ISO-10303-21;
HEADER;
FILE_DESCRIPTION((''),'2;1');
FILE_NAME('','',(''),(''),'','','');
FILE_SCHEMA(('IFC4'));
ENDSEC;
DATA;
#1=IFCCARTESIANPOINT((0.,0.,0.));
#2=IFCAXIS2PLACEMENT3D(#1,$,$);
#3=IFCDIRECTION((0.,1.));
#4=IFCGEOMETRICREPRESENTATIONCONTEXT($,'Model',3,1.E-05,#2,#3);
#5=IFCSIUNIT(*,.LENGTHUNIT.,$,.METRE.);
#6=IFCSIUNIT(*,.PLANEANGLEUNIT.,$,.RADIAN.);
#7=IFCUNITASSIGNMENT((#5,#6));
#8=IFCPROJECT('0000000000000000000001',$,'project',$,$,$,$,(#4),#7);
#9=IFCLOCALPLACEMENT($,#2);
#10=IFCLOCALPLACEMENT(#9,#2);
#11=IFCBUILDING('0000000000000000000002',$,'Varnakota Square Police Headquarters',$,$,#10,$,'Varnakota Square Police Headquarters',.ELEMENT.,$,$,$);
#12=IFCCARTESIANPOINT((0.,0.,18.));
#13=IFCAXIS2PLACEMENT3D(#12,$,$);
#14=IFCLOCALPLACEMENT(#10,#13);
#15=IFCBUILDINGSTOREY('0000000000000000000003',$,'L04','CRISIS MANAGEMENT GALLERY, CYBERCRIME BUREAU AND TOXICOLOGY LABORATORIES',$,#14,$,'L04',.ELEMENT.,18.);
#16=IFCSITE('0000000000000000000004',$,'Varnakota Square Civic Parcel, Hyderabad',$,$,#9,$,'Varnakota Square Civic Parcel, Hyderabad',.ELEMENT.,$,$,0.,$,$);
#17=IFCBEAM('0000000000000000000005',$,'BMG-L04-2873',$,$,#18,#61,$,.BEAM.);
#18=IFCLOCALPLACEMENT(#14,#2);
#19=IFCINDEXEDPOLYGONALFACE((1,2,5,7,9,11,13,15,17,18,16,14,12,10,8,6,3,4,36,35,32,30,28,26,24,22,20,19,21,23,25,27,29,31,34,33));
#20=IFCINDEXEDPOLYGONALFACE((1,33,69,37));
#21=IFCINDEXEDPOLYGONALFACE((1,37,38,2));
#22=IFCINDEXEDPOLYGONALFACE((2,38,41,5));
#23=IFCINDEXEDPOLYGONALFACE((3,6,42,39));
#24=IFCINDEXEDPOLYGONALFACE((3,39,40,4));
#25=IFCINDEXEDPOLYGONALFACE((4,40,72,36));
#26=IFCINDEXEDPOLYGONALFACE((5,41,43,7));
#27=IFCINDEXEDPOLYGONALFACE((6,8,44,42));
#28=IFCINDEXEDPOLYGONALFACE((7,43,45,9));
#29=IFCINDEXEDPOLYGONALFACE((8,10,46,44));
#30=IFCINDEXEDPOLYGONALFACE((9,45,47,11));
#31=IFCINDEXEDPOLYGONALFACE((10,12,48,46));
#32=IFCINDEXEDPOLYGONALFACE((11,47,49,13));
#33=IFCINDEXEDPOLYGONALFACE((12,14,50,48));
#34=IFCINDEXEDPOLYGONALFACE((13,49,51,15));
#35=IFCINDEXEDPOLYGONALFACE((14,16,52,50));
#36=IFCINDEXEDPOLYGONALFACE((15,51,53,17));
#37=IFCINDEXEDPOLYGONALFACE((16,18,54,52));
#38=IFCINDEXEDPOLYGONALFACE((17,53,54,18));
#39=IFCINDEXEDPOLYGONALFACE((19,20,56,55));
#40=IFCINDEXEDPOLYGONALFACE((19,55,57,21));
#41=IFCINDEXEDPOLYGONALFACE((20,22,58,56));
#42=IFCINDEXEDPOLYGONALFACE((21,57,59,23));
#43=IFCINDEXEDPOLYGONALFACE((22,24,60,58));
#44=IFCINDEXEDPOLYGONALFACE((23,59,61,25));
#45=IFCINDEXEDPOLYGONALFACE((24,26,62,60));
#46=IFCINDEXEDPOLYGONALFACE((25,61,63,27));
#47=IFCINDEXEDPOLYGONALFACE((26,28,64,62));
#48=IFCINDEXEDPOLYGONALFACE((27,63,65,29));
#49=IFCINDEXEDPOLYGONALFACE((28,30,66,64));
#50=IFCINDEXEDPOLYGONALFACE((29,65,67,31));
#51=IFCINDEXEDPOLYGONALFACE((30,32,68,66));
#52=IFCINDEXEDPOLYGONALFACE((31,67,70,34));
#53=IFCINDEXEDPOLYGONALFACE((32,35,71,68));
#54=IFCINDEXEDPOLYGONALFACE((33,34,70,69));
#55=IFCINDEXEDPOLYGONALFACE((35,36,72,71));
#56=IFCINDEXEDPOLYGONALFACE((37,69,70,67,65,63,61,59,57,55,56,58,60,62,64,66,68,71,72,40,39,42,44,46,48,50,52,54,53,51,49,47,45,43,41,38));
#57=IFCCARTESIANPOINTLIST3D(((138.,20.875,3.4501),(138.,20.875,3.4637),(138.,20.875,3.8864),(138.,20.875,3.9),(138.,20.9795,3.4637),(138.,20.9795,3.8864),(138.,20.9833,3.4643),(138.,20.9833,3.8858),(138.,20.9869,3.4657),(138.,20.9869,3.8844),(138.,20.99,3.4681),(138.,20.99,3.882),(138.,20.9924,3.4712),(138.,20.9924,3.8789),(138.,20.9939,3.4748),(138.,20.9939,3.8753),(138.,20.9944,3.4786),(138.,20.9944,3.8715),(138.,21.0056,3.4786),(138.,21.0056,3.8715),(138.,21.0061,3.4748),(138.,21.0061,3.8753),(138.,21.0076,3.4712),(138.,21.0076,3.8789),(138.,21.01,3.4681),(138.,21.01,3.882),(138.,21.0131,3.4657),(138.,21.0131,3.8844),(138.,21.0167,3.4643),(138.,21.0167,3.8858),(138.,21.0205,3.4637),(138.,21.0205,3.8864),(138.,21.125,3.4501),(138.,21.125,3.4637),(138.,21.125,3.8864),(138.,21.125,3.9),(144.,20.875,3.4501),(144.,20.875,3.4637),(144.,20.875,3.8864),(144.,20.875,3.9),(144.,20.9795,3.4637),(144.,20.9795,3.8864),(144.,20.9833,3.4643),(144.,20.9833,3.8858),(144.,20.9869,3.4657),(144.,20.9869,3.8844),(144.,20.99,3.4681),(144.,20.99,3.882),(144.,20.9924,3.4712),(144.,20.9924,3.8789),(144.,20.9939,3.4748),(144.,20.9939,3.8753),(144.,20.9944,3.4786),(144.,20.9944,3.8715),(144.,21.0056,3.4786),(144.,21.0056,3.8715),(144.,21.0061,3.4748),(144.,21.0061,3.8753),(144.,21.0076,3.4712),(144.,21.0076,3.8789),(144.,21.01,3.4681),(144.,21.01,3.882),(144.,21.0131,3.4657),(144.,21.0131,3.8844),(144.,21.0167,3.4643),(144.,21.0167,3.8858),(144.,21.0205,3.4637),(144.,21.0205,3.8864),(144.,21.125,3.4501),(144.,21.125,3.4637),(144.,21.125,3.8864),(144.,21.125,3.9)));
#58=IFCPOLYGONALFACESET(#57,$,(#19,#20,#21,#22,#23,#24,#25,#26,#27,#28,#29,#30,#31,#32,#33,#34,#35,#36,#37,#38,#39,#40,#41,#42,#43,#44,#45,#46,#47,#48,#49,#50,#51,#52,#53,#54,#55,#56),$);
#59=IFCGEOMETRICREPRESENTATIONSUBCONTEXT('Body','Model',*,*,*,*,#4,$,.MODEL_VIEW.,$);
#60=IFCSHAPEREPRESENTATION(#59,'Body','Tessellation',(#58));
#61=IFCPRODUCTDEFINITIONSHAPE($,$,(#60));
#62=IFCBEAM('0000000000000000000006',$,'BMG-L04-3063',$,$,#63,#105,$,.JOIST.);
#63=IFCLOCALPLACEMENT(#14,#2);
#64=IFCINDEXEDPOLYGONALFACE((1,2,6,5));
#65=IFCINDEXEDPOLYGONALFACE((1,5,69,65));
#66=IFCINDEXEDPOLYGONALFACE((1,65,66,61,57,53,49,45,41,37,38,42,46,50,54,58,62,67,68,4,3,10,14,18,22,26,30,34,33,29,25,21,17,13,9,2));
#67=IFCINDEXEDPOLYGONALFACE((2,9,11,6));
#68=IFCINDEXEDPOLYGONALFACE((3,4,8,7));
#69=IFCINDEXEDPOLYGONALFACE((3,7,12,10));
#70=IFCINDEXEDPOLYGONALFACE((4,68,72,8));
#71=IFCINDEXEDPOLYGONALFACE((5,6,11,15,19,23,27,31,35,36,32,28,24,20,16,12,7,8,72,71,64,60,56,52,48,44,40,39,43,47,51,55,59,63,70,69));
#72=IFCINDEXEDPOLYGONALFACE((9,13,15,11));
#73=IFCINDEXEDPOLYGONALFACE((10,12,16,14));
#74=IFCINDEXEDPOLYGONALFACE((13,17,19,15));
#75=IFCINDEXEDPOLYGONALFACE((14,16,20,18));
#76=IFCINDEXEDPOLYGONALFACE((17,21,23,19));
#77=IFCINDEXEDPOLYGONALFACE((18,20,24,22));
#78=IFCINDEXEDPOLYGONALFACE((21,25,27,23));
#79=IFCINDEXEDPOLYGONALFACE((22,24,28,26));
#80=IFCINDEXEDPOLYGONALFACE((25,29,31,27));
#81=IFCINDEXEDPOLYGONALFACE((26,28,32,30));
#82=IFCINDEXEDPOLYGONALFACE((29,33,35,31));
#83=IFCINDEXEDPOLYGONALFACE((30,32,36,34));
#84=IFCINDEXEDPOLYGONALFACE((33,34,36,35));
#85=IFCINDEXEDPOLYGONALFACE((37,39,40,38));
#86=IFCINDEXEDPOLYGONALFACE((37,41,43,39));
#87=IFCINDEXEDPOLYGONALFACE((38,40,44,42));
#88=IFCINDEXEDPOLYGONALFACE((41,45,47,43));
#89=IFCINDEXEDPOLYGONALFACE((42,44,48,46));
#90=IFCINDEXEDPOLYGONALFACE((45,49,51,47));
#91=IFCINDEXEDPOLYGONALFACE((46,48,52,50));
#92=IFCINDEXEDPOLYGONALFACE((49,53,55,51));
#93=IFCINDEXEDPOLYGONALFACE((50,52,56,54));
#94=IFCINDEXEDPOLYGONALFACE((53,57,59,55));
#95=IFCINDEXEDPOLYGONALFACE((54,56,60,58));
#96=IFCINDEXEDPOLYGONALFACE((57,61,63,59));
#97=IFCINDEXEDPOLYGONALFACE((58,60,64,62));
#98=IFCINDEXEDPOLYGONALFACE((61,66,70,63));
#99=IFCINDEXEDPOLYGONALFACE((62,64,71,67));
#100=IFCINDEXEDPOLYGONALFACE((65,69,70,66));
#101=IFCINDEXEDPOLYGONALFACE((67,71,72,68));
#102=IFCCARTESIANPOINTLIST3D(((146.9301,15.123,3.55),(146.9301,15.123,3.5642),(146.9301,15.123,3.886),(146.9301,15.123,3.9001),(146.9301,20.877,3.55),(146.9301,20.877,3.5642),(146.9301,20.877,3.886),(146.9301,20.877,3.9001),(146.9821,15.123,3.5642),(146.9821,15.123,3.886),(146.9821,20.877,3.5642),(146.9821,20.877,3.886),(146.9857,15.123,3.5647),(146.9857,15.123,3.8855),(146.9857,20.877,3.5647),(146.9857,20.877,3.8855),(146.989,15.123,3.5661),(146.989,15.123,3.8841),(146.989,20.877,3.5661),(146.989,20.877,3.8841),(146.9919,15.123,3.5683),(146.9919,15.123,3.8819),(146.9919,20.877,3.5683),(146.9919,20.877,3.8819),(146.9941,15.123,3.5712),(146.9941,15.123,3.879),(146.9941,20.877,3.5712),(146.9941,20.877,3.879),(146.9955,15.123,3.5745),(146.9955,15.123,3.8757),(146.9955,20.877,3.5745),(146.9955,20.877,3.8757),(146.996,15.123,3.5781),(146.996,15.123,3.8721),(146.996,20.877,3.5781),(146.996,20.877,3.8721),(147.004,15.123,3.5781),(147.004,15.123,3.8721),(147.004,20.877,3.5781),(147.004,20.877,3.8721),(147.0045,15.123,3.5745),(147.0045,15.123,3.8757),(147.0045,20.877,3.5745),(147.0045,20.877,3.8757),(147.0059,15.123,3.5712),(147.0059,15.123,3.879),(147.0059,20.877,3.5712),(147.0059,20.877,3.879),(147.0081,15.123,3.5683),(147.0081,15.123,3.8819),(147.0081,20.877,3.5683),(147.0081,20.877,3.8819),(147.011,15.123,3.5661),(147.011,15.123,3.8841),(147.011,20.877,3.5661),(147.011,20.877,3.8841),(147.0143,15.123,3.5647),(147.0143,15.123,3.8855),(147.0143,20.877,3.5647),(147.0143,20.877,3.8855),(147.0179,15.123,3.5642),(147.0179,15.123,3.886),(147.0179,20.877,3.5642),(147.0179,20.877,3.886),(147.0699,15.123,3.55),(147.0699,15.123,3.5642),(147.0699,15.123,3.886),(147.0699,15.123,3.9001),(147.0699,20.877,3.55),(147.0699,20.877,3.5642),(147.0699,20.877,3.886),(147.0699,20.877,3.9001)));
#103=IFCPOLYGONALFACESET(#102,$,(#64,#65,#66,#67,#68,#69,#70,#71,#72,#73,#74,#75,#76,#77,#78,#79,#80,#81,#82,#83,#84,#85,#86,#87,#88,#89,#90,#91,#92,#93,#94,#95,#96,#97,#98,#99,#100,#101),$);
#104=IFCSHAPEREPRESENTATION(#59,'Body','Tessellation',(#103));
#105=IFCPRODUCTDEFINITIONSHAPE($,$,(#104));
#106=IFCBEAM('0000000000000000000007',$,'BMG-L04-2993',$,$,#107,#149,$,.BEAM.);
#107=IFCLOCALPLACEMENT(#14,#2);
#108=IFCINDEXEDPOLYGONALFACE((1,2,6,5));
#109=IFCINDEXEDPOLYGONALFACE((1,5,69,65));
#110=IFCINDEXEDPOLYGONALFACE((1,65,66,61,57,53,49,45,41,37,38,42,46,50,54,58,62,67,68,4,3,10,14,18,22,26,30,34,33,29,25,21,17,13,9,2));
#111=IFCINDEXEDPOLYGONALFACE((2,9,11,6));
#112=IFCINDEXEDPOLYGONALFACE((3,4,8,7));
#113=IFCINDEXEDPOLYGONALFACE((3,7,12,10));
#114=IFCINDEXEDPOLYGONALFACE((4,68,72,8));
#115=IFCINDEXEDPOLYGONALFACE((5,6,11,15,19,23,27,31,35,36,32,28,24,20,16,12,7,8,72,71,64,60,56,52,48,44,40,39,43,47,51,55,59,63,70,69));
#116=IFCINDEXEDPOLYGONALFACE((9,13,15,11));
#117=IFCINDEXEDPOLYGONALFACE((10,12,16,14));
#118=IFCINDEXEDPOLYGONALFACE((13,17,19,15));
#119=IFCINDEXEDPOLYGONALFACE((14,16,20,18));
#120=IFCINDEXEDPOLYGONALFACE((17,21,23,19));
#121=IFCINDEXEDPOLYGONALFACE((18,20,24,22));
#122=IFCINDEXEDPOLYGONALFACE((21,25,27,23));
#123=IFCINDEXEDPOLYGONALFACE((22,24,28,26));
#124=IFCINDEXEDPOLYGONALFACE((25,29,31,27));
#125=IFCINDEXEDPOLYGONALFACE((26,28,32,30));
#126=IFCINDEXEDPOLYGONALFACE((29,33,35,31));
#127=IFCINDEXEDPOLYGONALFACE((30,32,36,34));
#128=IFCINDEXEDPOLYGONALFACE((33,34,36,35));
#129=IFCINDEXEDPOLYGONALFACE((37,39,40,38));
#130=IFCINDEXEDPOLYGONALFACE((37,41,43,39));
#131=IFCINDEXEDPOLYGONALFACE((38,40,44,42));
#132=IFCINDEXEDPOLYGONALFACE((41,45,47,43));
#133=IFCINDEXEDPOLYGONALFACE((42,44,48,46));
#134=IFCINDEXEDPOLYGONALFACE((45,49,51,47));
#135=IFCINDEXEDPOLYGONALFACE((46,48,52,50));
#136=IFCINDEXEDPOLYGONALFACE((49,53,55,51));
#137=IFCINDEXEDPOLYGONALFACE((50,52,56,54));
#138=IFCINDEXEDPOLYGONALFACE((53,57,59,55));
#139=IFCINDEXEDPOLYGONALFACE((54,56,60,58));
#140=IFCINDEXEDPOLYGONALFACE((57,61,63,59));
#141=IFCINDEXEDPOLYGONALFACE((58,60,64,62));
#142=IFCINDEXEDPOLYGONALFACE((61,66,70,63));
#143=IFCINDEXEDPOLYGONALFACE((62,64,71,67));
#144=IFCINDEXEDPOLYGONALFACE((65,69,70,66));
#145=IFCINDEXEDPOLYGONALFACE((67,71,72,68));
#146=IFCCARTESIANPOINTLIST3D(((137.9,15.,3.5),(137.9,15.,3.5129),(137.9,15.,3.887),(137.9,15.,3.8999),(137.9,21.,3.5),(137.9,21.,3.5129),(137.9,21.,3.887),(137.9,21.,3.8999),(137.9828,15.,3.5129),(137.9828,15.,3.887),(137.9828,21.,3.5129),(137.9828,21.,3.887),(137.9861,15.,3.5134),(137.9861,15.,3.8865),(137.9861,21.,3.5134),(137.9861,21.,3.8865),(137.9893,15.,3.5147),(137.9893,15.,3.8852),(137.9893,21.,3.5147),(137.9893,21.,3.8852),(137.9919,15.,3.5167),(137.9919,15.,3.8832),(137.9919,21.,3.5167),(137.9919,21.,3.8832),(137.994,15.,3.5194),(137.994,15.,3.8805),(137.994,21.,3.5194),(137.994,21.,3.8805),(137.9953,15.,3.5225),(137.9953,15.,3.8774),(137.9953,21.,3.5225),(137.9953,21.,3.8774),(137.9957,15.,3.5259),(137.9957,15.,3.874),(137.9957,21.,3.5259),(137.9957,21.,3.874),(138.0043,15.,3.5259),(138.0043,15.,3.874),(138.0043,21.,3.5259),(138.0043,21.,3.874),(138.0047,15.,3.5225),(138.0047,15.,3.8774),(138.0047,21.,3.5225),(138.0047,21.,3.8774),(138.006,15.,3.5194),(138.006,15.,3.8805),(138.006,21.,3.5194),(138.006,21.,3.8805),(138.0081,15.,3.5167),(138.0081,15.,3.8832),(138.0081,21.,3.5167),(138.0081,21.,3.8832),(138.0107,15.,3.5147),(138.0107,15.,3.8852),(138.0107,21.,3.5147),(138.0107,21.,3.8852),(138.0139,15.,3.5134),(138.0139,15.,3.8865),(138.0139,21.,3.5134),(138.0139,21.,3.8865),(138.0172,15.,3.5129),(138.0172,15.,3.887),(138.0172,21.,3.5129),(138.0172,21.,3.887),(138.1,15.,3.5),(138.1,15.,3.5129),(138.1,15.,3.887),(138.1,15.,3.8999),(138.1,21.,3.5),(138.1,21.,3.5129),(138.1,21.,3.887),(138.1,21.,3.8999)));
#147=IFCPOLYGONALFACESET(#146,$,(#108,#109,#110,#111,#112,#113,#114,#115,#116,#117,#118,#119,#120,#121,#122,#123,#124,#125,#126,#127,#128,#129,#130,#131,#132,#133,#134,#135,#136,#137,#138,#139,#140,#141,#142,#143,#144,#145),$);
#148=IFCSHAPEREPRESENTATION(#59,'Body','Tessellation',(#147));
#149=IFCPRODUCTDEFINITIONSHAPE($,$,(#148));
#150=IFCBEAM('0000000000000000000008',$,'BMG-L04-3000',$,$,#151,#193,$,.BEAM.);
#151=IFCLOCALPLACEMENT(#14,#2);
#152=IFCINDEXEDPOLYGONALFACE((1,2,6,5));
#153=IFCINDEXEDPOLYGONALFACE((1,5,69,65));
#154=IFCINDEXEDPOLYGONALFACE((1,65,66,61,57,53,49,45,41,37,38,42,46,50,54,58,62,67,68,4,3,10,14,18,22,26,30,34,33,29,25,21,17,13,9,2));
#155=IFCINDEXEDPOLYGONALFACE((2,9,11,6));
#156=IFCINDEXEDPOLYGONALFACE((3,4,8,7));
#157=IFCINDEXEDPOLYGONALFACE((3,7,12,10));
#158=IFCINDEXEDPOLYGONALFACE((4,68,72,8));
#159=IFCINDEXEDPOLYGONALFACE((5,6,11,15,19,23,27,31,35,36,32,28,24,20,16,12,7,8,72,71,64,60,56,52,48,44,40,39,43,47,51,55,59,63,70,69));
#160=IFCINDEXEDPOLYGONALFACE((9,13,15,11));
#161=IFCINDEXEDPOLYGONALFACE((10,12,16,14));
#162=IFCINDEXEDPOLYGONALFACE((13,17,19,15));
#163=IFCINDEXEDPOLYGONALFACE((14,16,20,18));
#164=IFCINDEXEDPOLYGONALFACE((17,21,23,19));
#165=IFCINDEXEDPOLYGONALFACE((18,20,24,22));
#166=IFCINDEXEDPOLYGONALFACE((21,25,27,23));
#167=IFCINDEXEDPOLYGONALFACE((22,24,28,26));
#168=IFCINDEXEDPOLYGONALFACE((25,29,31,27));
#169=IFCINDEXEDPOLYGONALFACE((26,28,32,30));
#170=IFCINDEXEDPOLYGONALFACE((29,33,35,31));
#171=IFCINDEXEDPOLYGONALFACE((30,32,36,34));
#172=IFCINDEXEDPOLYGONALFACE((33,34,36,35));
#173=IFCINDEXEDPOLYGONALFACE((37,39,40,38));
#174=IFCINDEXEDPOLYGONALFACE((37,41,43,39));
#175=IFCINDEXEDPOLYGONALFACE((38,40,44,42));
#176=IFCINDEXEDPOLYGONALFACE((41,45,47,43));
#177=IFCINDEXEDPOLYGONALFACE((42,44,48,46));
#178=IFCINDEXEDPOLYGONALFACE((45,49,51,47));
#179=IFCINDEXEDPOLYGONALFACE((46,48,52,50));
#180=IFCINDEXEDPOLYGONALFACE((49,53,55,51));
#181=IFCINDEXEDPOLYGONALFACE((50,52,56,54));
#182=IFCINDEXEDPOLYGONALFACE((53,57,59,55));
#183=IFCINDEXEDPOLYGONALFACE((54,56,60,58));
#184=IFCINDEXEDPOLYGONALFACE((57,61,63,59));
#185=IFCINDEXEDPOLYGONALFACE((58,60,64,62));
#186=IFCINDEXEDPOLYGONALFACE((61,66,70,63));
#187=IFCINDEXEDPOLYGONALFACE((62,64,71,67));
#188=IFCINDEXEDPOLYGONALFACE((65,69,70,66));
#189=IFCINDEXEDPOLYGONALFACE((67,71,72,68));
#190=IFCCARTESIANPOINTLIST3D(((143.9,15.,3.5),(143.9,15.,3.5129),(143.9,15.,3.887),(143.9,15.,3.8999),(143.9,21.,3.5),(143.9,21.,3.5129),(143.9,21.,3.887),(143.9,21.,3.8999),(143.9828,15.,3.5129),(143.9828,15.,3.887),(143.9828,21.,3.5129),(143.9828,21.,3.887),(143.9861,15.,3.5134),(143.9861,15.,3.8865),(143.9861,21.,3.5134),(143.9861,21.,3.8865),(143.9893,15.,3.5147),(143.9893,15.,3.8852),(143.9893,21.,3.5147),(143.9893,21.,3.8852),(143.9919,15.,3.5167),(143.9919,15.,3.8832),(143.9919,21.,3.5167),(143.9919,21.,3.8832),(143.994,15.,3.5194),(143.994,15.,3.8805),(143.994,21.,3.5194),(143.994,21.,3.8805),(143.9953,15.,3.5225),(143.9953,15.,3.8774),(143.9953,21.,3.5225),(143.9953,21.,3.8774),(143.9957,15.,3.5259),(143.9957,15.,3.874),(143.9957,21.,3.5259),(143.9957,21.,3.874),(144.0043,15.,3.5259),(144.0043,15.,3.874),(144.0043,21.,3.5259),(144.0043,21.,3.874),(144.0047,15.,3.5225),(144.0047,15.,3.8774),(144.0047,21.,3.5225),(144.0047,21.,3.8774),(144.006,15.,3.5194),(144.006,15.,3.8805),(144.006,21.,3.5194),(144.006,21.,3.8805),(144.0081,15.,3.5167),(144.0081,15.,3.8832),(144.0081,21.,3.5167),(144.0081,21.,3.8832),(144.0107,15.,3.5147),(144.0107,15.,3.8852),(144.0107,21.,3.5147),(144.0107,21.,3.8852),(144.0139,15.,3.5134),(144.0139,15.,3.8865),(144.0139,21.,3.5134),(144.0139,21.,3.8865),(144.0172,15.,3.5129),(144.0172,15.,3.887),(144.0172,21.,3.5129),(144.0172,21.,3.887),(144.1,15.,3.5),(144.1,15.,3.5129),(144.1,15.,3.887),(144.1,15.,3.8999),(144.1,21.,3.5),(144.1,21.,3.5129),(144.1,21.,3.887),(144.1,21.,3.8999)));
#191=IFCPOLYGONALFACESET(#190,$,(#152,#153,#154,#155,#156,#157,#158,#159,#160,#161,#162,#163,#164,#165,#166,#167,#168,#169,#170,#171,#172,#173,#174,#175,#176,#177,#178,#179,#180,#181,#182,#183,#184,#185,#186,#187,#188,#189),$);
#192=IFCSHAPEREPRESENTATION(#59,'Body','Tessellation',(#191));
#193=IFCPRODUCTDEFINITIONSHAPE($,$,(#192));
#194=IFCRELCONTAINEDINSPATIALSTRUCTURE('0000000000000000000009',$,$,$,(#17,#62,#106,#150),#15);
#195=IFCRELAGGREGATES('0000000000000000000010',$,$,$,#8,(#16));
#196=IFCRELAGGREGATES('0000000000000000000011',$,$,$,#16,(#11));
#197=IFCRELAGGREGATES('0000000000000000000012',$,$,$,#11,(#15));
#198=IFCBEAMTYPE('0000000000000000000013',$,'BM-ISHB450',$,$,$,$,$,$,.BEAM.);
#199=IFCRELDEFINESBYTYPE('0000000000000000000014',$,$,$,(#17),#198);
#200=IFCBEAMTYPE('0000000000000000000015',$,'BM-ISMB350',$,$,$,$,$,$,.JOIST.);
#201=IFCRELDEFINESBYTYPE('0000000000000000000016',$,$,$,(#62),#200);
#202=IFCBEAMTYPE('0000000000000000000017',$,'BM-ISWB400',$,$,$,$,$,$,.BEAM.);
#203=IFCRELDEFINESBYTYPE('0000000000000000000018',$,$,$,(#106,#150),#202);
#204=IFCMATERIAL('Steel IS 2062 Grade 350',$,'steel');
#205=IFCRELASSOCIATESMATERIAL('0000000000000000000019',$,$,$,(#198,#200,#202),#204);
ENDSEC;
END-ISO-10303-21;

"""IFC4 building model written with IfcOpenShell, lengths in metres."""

from ifc_helpers import new_model, si_unit, direction, frame, origin, origin_2d, place, context, subcontext, project, spatial, i_section, extrude, material, material_profile, profile_set, type_object, element, save


model = new_model("IFC4")

# Units and contexts
model_context = context("Model", 3, precision=1e-05, world=origin(), true_north=direction((0.0, 1.0)))
body_context = subcontext(model_context, "Body", "Model", "MODEL_VIEW")
ifc_project = project(units=[si_unit("LENGTHUNIT", "METRE"), si_unit("PLANEANGLEUNIT", "RADIAN")], contexts=[model_context])

# Site, building, storey
site_placement = place(None, origin())
site = spatial("IfcSite", under=ifc_project, at=site_placement, Name="Varnakota Square Civic Parcel, Hyderabad", LongName="Varnakota Square Civic Parcel, Hyderabad", CompositionType="ELEMENT", RefElevation=0.0)
building_placement = place(site_placement, origin())
building = spatial("IfcBuilding", under=site, at=building_placement, Name="Varnakota Square Police Headquarters", LongName="Varnakota Square Police Headquarters", CompositionType="ELEMENT")
storey_placement = place(building_placement, frame((0.0, 0.0, 18.0)))
storey = spatial("IfcBuildingStorey", under=building, at=storey_placement, Name="L04", Description="CRISIS MANAGEMENT GALLERY, CYBERCRIME BUREAU AND TOXICOLOGY LABORATORIES", LongName="L04", CompositionType="ELEMENT", Elevation=18.0)

# Shared definitions
ifc_material_1 = material(Name="Steel IS 2062 Grade 350", Category="steel")

# Beams
ifc_material_profile_1 = material_profile(ifc_material_1, i_section(OverallWidth=0.25, OverallDepth=0.45, WebThickness=0.0112, FlangeThickness=0.0137, FilletRadius=0.0149, at=origin_2d()), Name="ISHB 450")
ifc_profile_set_1 = profile_set([ifc_material_profile_1], Name="Steel IS 2062 Grade 350")
beam_type_1 = type_object("IfcBeamType", Name="BM-ISHB450", PredefinedType="BEAM", material=ifc_profile_set_1)
for number, where, z_axis, x_axis, name in (
    (1, (138.0, 21.0, 3.675), (1.0, 0.0, 0.0), (0.0, 1.0, 0.0), "BMG-L04-2873"),
):
    element("IfcBeam", number, at=place(storey_placement, frame(where, z_axis=z_axis, x_axis=x_axis)), inside=storey, type_object=beam_type_1, Name=name, PredefinedType="BEAM", context=body_context, shape_type="SweptSolid", body=[
        extrude(i_section(OverallWidth=0.25, OverallDepth=0.45, WebThickness=0.0112, FlangeThickness=0.0137, FilletRadius=0.0149, at=origin_2d()), origin(), (0.0, 0.0, 1.0), 6.0),
    ])
ifc_material_profile_2 = material_profile(ifc_material_1, i_section(OverallWidth=0.1399, OverallDepth=0.3501, WebThickness=0.0081, FlangeThickness=0.0142, FilletRadius=0.0139, at=origin_2d()), Name="ISMB 350")
ifc_profile_set_2 = profile_set([ifc_material_profile_2], Name="Steel IS 2062 Grade 350")
beam_type_2 = type_object("IfcBeamType", Name="BM-ISMB350", PredefinedType="JOIST", material=ifc_profile_set_2)
beam_1_placement = place(storey_placement, frame((147.0, 15.123, 3.7251), z_axis=(0.0, 1.0, 0.0), x_axis=(-1.0, 0.0, 0.0)))
element("IfcBeam", 2, at=beam_1_placement, inside=storey, type_object=beam_type_2, Name="BMG-L04-3063", PredefinedType="JOIST", context=body_context, shape_type="SweptSolid", body=[
    extrude(i_section(OverallWidth=0.1399, OverallDepth=0.3501, WebThickness=0.0081, FlangeThickness=0.0142, FilletRadius=0.0139, at=origin_2d()), origin(), (0.0, 0.0, 1.0), 5.7539),
])
ifc_material_profile_3 = material_profile(ifc_material_1, i_section(OverallWidth=0.2, OverallDepth=0.3999, WebThickness=0.0085, FlangeThickness=0.0129, FilletRadius=0.0129, at=origin_2d()), Name="ISWB 400")
ifc_profile_set_3 = profile_set([ifc_material_profile_3], Name="Steel IS 2062 Grade 350")
beam_type_3 = type_object("IfcBeamType", Name="BM-ISWB400", PredefinedType="BEAM", material=ifc_profile_set_3)
for number, where, z_axis, x_axis, name in (
    (3, (138.0, 15.0, 3.7), (0.0, 1.0, 0.0), (-1.0, 0.0, 0.0), "BMG-L04-2993"),
    (4, (144.0, 15.0, 3.7), (0.0, 1.0, 0.0), (-1.0, 0.0, 0.0), "BMG-L04-3000"),
):
    element("IfcBeam", number, at=place(storey_placement, frame(where, z_axis=z_axis, x_axis=x_axis)), inside=storey, type_object=beam_type_3, Name=name, PredefinedType="BEAM", context=body_context, shape_type="SweptSolid", body=[
        extrude(i_section(OverallWidth=0.2, OverallDepth=0.3999, WebThickness=0.0085, FlangeThickness=0.0129, FilletRadius=0.0129, at=origin_2d()), origin(), (0.0, 0.0, 1.0), 6.0),
    ])

save(model, "model.ifc")
